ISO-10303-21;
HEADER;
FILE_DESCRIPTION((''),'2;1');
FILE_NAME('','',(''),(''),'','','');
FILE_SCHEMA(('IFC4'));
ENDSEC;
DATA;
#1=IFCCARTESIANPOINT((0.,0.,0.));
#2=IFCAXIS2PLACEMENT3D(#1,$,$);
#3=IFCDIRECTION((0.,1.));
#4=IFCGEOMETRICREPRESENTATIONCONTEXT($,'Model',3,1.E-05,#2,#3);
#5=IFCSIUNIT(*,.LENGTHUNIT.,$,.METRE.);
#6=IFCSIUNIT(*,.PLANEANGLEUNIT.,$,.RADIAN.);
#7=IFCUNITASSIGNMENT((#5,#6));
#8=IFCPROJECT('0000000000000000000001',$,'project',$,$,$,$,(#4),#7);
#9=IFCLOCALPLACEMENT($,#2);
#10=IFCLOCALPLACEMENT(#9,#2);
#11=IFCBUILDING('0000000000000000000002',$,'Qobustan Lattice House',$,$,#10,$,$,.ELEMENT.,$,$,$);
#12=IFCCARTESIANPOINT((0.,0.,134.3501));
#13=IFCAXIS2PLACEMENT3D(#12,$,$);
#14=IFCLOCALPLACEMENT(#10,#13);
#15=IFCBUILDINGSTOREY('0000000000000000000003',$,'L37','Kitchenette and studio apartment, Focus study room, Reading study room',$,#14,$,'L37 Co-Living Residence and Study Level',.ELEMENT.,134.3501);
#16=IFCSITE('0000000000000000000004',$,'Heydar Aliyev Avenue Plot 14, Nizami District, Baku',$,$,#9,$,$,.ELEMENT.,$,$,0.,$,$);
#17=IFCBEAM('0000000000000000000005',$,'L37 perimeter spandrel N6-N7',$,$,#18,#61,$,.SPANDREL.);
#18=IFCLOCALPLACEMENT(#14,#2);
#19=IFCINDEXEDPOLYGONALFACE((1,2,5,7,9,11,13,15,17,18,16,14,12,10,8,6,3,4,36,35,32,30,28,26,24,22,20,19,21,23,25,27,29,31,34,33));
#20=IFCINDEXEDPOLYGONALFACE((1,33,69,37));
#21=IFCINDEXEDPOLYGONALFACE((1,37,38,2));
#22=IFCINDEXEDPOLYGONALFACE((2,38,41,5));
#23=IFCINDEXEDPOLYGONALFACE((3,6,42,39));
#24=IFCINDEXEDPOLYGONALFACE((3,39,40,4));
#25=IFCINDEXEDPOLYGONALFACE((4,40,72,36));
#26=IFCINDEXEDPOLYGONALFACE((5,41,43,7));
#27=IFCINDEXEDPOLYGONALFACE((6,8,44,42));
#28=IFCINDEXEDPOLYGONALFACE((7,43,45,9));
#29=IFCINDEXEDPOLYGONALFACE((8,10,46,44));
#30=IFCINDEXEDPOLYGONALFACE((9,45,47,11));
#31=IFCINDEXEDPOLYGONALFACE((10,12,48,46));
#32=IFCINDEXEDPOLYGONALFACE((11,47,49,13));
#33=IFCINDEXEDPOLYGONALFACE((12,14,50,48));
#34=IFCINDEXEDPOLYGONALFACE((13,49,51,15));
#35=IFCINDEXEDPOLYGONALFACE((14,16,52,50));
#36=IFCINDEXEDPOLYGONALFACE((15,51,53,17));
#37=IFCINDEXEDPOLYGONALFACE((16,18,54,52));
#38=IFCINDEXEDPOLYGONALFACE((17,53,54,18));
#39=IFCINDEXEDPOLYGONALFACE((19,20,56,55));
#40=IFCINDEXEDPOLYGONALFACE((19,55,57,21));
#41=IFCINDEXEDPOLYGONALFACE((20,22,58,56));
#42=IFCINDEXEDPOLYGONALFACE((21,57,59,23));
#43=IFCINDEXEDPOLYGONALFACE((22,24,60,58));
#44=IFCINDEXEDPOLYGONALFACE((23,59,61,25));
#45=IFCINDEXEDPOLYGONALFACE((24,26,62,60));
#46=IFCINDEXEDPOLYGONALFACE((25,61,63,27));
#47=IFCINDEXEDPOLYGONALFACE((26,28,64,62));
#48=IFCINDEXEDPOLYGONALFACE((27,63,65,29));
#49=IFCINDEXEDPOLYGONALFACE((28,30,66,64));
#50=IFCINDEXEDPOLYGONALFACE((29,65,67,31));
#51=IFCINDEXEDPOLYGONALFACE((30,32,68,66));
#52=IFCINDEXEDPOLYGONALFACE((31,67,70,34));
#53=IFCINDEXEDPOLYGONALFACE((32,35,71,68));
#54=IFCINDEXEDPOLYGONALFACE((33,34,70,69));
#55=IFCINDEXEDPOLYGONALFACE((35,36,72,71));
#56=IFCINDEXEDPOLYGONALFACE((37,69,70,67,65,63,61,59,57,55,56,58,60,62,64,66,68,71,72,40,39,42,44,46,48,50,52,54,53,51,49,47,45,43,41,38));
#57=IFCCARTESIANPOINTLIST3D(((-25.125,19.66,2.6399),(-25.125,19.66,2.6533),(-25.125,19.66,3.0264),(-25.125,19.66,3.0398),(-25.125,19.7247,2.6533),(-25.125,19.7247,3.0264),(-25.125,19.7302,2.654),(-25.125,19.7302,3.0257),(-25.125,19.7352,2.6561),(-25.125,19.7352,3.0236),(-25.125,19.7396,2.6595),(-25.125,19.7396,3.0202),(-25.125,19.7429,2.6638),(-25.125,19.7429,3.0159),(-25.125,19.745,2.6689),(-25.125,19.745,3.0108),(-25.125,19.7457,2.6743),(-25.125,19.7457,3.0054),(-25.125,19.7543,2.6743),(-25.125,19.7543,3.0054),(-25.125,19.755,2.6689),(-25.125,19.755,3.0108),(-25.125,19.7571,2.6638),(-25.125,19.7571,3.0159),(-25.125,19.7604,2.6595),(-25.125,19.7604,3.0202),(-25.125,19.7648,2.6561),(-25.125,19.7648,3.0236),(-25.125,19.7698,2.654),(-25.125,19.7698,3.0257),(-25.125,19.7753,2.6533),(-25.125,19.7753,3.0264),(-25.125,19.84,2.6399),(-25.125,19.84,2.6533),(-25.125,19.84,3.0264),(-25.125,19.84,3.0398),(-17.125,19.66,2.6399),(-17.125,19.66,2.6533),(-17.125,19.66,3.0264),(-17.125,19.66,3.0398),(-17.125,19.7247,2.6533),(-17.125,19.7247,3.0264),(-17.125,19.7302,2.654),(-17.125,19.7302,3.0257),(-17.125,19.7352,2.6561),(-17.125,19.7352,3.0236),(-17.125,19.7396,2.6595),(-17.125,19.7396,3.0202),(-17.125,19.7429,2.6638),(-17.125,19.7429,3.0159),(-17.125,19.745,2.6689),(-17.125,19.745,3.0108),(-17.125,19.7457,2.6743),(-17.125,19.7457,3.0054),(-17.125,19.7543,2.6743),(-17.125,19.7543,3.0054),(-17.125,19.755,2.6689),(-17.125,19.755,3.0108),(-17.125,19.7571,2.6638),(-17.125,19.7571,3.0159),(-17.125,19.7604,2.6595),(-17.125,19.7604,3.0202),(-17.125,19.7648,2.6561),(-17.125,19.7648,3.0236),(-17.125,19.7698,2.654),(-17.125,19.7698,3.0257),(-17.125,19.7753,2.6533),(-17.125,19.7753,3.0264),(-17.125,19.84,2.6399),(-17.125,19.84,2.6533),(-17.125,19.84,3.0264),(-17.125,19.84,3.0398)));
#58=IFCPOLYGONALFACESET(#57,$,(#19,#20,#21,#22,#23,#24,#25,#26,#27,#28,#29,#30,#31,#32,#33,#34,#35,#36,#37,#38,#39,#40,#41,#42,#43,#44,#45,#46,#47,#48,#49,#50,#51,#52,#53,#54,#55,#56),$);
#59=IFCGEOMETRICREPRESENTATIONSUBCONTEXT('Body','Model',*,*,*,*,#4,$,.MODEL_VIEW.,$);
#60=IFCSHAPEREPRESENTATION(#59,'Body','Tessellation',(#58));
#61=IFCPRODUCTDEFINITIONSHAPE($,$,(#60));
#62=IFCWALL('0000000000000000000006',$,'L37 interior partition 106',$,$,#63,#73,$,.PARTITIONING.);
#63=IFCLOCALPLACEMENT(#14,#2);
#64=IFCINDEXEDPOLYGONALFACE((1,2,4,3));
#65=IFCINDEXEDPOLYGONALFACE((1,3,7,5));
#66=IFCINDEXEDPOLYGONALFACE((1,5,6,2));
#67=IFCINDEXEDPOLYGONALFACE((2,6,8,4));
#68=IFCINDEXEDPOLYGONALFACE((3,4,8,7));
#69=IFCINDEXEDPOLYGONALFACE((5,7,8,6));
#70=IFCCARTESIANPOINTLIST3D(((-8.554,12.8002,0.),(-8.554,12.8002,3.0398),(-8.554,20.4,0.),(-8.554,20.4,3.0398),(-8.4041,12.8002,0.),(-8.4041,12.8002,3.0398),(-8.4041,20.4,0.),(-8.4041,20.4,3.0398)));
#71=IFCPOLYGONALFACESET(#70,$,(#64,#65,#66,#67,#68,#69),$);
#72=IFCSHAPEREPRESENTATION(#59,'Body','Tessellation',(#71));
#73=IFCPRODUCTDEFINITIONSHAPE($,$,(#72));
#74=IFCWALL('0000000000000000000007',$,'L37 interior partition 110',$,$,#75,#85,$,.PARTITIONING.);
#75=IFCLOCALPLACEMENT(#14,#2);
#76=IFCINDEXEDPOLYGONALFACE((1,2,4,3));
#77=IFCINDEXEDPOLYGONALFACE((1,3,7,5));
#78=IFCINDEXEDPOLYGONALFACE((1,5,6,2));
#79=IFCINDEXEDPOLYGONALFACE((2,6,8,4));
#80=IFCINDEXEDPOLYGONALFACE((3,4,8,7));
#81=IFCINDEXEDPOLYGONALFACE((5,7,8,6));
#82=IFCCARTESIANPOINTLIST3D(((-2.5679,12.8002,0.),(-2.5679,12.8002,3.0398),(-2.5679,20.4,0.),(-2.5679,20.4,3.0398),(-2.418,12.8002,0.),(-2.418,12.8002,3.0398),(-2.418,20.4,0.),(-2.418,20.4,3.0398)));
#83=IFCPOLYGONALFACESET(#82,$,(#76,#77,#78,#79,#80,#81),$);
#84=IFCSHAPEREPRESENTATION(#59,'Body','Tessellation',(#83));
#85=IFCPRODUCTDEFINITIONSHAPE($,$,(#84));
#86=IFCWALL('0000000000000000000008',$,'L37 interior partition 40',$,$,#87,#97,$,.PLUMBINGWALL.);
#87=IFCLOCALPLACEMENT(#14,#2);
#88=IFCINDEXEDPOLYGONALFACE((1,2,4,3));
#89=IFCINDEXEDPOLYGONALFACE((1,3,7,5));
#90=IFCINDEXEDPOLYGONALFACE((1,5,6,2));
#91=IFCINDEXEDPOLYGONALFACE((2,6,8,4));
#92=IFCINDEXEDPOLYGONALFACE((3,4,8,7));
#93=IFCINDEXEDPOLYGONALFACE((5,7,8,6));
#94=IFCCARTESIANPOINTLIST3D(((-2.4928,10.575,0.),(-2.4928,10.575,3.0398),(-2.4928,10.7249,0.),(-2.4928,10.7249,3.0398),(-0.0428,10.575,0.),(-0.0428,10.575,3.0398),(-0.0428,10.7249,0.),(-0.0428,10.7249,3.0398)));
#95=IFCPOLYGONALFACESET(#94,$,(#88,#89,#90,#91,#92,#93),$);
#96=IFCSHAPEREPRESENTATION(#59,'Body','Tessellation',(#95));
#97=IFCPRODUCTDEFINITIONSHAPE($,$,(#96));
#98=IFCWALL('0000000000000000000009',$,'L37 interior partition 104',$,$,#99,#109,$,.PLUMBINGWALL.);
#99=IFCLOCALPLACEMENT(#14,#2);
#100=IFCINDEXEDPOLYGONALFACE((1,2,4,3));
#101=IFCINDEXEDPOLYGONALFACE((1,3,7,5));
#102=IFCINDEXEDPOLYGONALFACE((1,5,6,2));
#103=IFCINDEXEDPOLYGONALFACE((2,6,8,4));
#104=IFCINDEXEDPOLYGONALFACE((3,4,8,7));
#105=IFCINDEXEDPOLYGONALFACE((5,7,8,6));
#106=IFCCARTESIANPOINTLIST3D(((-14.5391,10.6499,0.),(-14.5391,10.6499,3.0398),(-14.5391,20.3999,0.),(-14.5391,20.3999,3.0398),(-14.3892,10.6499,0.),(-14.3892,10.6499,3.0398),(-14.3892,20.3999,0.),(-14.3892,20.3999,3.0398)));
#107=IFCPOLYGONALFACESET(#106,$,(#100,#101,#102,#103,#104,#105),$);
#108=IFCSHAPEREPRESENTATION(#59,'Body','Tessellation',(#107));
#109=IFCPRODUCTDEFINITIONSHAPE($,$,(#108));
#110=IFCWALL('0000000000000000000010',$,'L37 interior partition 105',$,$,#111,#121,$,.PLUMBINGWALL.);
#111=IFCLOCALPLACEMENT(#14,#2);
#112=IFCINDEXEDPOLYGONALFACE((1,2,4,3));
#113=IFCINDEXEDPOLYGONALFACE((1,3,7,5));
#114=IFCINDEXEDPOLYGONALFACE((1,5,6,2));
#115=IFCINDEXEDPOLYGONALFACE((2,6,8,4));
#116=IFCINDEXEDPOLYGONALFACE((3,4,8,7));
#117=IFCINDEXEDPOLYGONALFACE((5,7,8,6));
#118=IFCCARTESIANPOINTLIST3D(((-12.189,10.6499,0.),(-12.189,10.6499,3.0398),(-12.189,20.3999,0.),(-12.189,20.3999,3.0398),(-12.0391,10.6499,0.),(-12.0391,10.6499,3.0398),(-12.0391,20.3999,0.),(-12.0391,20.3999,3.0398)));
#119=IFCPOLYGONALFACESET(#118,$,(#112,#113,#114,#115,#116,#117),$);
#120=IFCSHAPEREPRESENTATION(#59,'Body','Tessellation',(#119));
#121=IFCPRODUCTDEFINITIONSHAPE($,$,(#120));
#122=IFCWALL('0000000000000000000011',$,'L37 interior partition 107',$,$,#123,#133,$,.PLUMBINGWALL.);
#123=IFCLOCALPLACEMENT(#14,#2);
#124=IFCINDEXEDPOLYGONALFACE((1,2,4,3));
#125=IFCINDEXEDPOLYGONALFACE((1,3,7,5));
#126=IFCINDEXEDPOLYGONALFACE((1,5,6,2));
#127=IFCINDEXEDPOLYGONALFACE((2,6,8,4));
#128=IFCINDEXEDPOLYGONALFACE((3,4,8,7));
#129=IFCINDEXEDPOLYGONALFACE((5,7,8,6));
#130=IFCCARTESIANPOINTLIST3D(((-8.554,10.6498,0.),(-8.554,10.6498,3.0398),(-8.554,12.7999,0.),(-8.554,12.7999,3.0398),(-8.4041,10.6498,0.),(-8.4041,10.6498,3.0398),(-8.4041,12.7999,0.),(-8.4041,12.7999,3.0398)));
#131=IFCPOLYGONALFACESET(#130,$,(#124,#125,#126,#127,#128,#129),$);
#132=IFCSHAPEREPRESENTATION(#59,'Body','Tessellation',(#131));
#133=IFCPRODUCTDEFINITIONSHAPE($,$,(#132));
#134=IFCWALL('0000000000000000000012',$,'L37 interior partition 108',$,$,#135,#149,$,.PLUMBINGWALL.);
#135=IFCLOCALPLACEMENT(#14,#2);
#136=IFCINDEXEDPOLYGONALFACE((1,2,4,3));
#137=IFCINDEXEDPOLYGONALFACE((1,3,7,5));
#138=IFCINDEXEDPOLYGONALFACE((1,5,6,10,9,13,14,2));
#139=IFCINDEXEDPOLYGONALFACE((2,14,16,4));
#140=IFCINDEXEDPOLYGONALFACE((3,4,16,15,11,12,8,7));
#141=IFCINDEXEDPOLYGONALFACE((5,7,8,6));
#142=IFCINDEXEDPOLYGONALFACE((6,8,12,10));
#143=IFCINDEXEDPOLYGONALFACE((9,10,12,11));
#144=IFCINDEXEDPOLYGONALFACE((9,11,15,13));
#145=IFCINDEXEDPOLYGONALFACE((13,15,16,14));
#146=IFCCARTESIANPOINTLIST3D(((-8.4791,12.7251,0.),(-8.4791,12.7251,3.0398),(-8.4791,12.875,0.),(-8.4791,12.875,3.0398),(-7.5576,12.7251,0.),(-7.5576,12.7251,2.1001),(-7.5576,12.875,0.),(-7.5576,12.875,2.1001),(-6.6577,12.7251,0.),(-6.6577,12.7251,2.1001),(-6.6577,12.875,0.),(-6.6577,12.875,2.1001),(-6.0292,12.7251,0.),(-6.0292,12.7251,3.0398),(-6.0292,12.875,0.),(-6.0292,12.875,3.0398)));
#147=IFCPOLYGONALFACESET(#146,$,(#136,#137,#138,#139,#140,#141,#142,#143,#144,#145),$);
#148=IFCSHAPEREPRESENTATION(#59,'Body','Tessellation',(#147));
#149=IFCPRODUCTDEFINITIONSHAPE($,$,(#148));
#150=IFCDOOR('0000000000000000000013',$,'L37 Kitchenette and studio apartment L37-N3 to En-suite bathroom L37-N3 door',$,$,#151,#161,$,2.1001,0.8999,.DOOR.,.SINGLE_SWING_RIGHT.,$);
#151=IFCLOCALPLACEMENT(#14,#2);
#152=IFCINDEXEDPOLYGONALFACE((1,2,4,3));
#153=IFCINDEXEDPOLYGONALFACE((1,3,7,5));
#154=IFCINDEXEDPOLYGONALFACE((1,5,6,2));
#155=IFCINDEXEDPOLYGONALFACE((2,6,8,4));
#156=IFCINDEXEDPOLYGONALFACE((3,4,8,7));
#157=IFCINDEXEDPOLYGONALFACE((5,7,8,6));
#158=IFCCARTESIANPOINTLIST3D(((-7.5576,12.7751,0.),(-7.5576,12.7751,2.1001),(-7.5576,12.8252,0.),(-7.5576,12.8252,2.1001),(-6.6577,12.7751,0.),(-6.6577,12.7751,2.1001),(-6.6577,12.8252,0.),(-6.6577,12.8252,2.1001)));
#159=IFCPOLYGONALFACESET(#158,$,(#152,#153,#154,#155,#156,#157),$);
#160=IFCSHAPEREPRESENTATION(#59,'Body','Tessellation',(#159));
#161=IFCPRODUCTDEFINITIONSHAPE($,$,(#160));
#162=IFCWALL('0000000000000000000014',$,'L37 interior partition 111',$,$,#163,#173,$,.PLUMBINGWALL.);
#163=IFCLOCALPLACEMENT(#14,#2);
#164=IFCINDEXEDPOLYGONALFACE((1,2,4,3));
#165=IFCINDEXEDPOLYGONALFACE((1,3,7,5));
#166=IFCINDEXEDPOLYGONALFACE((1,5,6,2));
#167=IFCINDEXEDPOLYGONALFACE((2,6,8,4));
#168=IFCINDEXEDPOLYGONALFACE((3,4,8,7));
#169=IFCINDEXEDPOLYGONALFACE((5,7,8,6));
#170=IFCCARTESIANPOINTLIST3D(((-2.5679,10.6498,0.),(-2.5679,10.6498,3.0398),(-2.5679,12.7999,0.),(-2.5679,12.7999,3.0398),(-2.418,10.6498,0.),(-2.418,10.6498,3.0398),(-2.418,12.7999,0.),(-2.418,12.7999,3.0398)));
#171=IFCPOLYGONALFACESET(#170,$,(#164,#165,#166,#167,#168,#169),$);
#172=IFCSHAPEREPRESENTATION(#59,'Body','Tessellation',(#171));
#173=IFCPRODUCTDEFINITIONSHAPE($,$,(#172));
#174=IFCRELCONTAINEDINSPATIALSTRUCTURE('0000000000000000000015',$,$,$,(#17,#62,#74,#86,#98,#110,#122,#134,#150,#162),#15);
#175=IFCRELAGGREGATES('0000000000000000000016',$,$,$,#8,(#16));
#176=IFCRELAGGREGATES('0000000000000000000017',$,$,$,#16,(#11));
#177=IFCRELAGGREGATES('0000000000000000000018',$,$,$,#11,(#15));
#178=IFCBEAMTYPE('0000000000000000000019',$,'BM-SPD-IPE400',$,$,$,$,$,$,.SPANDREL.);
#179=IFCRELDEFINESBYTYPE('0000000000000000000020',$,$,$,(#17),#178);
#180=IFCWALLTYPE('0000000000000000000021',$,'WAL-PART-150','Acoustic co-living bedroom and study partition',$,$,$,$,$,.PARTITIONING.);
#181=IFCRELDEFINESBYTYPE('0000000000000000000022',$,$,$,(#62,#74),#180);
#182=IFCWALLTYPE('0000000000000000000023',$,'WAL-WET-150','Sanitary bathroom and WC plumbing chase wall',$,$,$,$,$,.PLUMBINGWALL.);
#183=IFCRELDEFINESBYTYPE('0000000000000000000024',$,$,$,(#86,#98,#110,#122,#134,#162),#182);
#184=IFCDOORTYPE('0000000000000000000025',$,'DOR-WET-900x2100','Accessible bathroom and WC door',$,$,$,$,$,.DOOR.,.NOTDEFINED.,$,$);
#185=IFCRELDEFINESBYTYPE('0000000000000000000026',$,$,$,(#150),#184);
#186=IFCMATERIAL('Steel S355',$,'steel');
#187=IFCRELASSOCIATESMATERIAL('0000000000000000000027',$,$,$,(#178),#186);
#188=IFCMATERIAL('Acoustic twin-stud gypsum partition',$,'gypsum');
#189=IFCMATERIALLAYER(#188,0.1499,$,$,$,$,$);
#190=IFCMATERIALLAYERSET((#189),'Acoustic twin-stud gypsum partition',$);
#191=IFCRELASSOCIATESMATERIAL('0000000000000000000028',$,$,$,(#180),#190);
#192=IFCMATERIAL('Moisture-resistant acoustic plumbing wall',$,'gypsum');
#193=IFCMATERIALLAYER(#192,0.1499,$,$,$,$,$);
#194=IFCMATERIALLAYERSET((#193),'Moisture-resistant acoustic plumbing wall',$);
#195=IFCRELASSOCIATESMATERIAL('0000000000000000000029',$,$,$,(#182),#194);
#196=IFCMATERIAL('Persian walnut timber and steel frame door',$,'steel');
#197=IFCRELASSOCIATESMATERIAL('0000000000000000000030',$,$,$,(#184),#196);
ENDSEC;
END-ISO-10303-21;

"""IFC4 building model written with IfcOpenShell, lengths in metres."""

from ifc_helpers import new_model, si_unit, direction, frame, frame_2d, origin, origin_2d, place, context, subcontext, project, spatial, rectangle, i_section, extrude, material, layer, layer_set, material_profile, profile_set, type_object, element, fill, save


model = new_model("IFC4")

# Units and contexts
model_context = context("Model", 3, precision=1e-05, world=origin(), true_north=direction((0.0, 1.0)))
body_context = subcontext(model_context, "Body", "Model", "MODEL_VIEW")
ifc_project = project(units=[si_unit("LENGTHUNIT", "METRE"), si_unit("PLANEANGLEUNIT", "RADIAN")], contexts=[model_context])

# Site, building, storey
site_placement = place(None, origin())
site = spatial("IfcSite", under=ifc_project, at=site_placement, Name="Heydar Aliyev Avenue Plot 14, Nizami District, Baku", CompositionType="ELEMENT", RefElevation=0.0)
building_placement = place(site_placement, origin())
building = spatial("IfcBuilding", under=site, at=building_placement, Name="Qobustan Lattice House", CompositionType="ELEMENT")
storey_placement = place(building_placement, frame((0.0, 0.0, 134.3501)))
storey = spatial("IfcBuildingStorey", under=building, at=storey_placement, Name="L37", Description="Kitchenette and studio apartment, Focus study room, Reading study room", LongName="L37 Co-Living Residence and Study Level", CompositionType="ELEMENT", Elevation=134.3501)

# Beam
ifc_material_1 = material(Name="Steel S355", Category="steel")
ifc_material_profile_1 = material_profile(ifc_material_1, i_section(OverallWidth=0.1799, OverallDepth=0.3999, WebThickness=0.0085, FlangeThickness=0.0134, FilletRadius=0.021, at=origin_2d()), Name="IPE400")
ifc_profile_set_1 = profile_set([ifc_material_profile_1], Name="Steel S355")
beam_type_1 = type_object("IfcBeamType", Name="BM-SPD-IPE400", PredefinedType="SPANDREL", material=ifc_profile_set_1)
for number, where, z_axis, x_axis, name in (
    (1, (-17.125, 19.75, 2.8398), (-1.0, 0.0, 0.0), (0.0, -1.0, 0.0), "L37 perimeter spandrel N6-N7"),
):
    element("IfcBeam", number, at=place(storey_placement, frame(where, z_axis=z_axis, x_axis=x_axis)), inside=storey, type_object=beam_type_1, Name=name, PredefinedType="SPANDREL", context=body_context, shape_type="SweptSolid", body=[
        extrude(i_section(OverallWidth=0.1799, OverallDepth=0.3999, WebThickness=0.0085, FlangeThickness=0.0134, FilletRadius=0.021, at=origin_2d()), origin(), (0.0, 0.0, 1.0), 8.0),
    ])

# Walls
ifc_material_2 = material(Name="Acoustic twin-stud gypsum partition", Category="gypsum")
ifc_layer_1 = layer(ifc_material_2, 0.1499)
ifc_layer_set_1 = layer_set([ifc_layer_1], Name="Acoustic twin-stud gypsum partition")
wall_type_1 = type_object("IfcWallType", Name="WAL-PART-150", Description="Acoustic co-living bedroom and study partition", PredefinedType="PARTITIONING", material=ifc_layer_set_1)
for number, where, z_axis, x_axis, name in (
    (2, (-8.479, 20.3999, 0.0), (0.0, 0.0, 1.0), (0.0, -1.0, 0.0), "L37 interior partition 106"),
    (3, (-2.4929, 20.3999, 0.0), (0.0, 0.0, 1.0), (0.0, -1.0, 0.0), "L37 interior partition 110"),
):
    element("IfcWall", number, at=place(storey_placement, frame(where, z_axis=z_axis, x_axis=x_axis)), inside=storey, type_object=wall_type_1, Name=name, PredefinedType="PARTITIONING", context=body_context, shape_type="SweptSolid", body=[
        extrude(rectangle(XDim=7.5999, YDim=0.1499, at=frame_2d((3.7998, 0.0))), origin(), (0.0, 0.0, 1.0), 3.0398),
    ])
ifc_material_3 = material(Name="Moisture-resistant acoustic plumbing wall", Category="gypsum")
ifc_layer_2 = layer(ifc_material_3, 0.1499)
ifc_layer_set_2 = layer_set([ifc_layer_2], Name="Moisture-resistant acoustic plumbing wall")
wall_type_2 = type_object("IfcWallType", Name="WAL-WET-150", Description="Sanitary bathroom and WC plumbing chase wall", PredefinedType="PLUMBINGWALL", material=ifc_layer_set_2)
wall_1_placement = place(storey_placement, frame((-2.4929, 10.6499, 0.0), z_axis=(0.0, 0.0, 1.0), x_axis=(1.0, 0.0, 0.0)))
element("IfcWall", 4, at=wall_1_placement, inside=storey, type_object=wall_type_2, Name="L37 interior partition 40", PredefinedType="PLUMBINGWALL", context=body_context, shape_type="SweptSolid", body=[
    extrude(rectangle(XDim=2.45, YDim=0.1499, at=frame_2d((1.2251, 0.0))), origin(), (0.0, 0.0, 1.0), 3.0398),
])
for number, where, z_axis, x_axis, name in (
    (5, (-14.4641, 20.3999, 0.0), (0.0, 0.0, 1.0), (0.0, -1.0, 0.0), "L37 interior partition 104"),
    (6, (-12.114, 20.3999, 0.0), (0.0, 0.0, 1.0), (0.0, -1.0, 0.0), "L37 interior partition 105"),
):
    element("IfcWall", number, at=place(storey_placement, frame(where, z_axis=z_axis, x_axis=x_axis)), inside=storey, type_object=wall_type_2, Name=name, PredefinedType="PLUMBINGWALL", context=body_context, shape_type="SweptSolid", body=[
        extrude(rectangle(XDim=9.75, YDim=0.1499, at=frame_2d((4.875, 0.0))), origin(), (0.0, 0.0, 1.0), 3.0398),
    ])
wall_2_placement = place(storey_placement, frame((-8.479, 12.8, 0.0), z_axis=(0.0, 0.0, 1.0), x_axis=(0.0, -1.0, 0.0)))
element("IfcWall", 7, at=wall_2_placement, inside=storey, type_object=wall_type_2, Name="L37 interior partition 107", PredefinedType="PLUMBINGWALL", context=body_context, shape_type="SweptSolid", body=[
    extrude(rectangle(XDim=2.1501, YDim=0.1499, at=frame_2d((1.0752, 0.0))), origin(), (0.0, 0.0, 1.0), 3.0398),
])

# Wall, opening, door
wall_3_placement = place(storey_placement, frame((-6.0291, 12.8, 0.0), z_axis=(0.0, 0.0, 1.0), x_axis=(-1.0, 0.0, 0.0)))
wall_3 = element("IfcWall", 8, at=wall_3_placement, inside=storey, type_object=wall_type_2, Name="L37 interior partition 108", PredefinedType="PLUMBINGWALL", context=body_context, shape_type="SweptSolid", body=[
    extrude(rectangle(XDim=2.45, YDim=0.1499, at=frame_2d((1.2251, 0.0))), origin(), (0.0, 0.0, 1.0), 3.0398),
])
opening_1_placement = place(wall_3_placement, frame((0.6287, 0.0, 0.0)))
opening_1 = element("IfcOpeningElement", 9, at=opening_1_placement, cuts=wall_3, PredefinedType="OPENING", context=body_context, shape_type="SweptSolid", body=[
    extrude(rectangle(XDim=0.8999, YDim=2.1001, at=frame_2d((0.45, 1.05))), frame((0.0, 0.085, 0.0), z_axis=(0.0, -1.0, 0.0), x_axis=(1.0, 0.0, 0.0)), (0.0, 0.0, 1.0), 0.1699),
])
ifc_material_4 = material(Name="Persian walnut timber and steel frame door", Category="steel")
door_type = type_object("IfcDoorType", Name="DOR-WET-900x2100", Description="Accessible bathroom and WC door", OperationType="NOTDEFINED", PredefinedType="DOOR", material=ifc_material_4)
door_1_placement = place(opening_1_placement, origin())
door_1 = element("IfcDoor", 10, at=door_1_placement, inside=storey, type_object=door_type, Name="L37 Kitchenette and studio apartment L37-N3 to En-suite bathroom L37-N3 door", OperationType="SINGLE_SWING_RIGHT", OverallHeight=2.1001, OverallWidth=0.8999, PredefinedType="DOOR", context=body_context, shape_type="SweptSolid", body=[
    extrude(rectangle(XDim=0.8999, YDim=2.1001, at=frame_2d((0.45, 1.05))), frame((0.0, 0.0249, 0.0), z_axis=(0.0, -1.0, 0.0), x_axis=(1.0, 0.0, 0.0)), (0.0, 0.0, 1.0), 0.05),
])
fill(opening_1, door_1)

# Wall
wall_4_placement = place(storey_placement, frame((-2.4929, 12.8, 0.0), z_axis=(0.0, 0.0, 1.0), x_axis=(0.0, -1.0, 0.0)))
element("IfcWall", 11, at=wall_4_placement, inside=storey, type_object=wall_type_2, Name="L37 interior partition 111", PredefinedType="PLUMBINGWALL", context=body_context, shape_type="SweptSolid", body=[
    extrude(rectangle(XDim=2.1501, YDim=0.1499, at=frame_2d((1.0752, 0.0))), origin(), (0.0, 0.0, 1.0), 3.0398),
])

save(model, "model.ifc")
